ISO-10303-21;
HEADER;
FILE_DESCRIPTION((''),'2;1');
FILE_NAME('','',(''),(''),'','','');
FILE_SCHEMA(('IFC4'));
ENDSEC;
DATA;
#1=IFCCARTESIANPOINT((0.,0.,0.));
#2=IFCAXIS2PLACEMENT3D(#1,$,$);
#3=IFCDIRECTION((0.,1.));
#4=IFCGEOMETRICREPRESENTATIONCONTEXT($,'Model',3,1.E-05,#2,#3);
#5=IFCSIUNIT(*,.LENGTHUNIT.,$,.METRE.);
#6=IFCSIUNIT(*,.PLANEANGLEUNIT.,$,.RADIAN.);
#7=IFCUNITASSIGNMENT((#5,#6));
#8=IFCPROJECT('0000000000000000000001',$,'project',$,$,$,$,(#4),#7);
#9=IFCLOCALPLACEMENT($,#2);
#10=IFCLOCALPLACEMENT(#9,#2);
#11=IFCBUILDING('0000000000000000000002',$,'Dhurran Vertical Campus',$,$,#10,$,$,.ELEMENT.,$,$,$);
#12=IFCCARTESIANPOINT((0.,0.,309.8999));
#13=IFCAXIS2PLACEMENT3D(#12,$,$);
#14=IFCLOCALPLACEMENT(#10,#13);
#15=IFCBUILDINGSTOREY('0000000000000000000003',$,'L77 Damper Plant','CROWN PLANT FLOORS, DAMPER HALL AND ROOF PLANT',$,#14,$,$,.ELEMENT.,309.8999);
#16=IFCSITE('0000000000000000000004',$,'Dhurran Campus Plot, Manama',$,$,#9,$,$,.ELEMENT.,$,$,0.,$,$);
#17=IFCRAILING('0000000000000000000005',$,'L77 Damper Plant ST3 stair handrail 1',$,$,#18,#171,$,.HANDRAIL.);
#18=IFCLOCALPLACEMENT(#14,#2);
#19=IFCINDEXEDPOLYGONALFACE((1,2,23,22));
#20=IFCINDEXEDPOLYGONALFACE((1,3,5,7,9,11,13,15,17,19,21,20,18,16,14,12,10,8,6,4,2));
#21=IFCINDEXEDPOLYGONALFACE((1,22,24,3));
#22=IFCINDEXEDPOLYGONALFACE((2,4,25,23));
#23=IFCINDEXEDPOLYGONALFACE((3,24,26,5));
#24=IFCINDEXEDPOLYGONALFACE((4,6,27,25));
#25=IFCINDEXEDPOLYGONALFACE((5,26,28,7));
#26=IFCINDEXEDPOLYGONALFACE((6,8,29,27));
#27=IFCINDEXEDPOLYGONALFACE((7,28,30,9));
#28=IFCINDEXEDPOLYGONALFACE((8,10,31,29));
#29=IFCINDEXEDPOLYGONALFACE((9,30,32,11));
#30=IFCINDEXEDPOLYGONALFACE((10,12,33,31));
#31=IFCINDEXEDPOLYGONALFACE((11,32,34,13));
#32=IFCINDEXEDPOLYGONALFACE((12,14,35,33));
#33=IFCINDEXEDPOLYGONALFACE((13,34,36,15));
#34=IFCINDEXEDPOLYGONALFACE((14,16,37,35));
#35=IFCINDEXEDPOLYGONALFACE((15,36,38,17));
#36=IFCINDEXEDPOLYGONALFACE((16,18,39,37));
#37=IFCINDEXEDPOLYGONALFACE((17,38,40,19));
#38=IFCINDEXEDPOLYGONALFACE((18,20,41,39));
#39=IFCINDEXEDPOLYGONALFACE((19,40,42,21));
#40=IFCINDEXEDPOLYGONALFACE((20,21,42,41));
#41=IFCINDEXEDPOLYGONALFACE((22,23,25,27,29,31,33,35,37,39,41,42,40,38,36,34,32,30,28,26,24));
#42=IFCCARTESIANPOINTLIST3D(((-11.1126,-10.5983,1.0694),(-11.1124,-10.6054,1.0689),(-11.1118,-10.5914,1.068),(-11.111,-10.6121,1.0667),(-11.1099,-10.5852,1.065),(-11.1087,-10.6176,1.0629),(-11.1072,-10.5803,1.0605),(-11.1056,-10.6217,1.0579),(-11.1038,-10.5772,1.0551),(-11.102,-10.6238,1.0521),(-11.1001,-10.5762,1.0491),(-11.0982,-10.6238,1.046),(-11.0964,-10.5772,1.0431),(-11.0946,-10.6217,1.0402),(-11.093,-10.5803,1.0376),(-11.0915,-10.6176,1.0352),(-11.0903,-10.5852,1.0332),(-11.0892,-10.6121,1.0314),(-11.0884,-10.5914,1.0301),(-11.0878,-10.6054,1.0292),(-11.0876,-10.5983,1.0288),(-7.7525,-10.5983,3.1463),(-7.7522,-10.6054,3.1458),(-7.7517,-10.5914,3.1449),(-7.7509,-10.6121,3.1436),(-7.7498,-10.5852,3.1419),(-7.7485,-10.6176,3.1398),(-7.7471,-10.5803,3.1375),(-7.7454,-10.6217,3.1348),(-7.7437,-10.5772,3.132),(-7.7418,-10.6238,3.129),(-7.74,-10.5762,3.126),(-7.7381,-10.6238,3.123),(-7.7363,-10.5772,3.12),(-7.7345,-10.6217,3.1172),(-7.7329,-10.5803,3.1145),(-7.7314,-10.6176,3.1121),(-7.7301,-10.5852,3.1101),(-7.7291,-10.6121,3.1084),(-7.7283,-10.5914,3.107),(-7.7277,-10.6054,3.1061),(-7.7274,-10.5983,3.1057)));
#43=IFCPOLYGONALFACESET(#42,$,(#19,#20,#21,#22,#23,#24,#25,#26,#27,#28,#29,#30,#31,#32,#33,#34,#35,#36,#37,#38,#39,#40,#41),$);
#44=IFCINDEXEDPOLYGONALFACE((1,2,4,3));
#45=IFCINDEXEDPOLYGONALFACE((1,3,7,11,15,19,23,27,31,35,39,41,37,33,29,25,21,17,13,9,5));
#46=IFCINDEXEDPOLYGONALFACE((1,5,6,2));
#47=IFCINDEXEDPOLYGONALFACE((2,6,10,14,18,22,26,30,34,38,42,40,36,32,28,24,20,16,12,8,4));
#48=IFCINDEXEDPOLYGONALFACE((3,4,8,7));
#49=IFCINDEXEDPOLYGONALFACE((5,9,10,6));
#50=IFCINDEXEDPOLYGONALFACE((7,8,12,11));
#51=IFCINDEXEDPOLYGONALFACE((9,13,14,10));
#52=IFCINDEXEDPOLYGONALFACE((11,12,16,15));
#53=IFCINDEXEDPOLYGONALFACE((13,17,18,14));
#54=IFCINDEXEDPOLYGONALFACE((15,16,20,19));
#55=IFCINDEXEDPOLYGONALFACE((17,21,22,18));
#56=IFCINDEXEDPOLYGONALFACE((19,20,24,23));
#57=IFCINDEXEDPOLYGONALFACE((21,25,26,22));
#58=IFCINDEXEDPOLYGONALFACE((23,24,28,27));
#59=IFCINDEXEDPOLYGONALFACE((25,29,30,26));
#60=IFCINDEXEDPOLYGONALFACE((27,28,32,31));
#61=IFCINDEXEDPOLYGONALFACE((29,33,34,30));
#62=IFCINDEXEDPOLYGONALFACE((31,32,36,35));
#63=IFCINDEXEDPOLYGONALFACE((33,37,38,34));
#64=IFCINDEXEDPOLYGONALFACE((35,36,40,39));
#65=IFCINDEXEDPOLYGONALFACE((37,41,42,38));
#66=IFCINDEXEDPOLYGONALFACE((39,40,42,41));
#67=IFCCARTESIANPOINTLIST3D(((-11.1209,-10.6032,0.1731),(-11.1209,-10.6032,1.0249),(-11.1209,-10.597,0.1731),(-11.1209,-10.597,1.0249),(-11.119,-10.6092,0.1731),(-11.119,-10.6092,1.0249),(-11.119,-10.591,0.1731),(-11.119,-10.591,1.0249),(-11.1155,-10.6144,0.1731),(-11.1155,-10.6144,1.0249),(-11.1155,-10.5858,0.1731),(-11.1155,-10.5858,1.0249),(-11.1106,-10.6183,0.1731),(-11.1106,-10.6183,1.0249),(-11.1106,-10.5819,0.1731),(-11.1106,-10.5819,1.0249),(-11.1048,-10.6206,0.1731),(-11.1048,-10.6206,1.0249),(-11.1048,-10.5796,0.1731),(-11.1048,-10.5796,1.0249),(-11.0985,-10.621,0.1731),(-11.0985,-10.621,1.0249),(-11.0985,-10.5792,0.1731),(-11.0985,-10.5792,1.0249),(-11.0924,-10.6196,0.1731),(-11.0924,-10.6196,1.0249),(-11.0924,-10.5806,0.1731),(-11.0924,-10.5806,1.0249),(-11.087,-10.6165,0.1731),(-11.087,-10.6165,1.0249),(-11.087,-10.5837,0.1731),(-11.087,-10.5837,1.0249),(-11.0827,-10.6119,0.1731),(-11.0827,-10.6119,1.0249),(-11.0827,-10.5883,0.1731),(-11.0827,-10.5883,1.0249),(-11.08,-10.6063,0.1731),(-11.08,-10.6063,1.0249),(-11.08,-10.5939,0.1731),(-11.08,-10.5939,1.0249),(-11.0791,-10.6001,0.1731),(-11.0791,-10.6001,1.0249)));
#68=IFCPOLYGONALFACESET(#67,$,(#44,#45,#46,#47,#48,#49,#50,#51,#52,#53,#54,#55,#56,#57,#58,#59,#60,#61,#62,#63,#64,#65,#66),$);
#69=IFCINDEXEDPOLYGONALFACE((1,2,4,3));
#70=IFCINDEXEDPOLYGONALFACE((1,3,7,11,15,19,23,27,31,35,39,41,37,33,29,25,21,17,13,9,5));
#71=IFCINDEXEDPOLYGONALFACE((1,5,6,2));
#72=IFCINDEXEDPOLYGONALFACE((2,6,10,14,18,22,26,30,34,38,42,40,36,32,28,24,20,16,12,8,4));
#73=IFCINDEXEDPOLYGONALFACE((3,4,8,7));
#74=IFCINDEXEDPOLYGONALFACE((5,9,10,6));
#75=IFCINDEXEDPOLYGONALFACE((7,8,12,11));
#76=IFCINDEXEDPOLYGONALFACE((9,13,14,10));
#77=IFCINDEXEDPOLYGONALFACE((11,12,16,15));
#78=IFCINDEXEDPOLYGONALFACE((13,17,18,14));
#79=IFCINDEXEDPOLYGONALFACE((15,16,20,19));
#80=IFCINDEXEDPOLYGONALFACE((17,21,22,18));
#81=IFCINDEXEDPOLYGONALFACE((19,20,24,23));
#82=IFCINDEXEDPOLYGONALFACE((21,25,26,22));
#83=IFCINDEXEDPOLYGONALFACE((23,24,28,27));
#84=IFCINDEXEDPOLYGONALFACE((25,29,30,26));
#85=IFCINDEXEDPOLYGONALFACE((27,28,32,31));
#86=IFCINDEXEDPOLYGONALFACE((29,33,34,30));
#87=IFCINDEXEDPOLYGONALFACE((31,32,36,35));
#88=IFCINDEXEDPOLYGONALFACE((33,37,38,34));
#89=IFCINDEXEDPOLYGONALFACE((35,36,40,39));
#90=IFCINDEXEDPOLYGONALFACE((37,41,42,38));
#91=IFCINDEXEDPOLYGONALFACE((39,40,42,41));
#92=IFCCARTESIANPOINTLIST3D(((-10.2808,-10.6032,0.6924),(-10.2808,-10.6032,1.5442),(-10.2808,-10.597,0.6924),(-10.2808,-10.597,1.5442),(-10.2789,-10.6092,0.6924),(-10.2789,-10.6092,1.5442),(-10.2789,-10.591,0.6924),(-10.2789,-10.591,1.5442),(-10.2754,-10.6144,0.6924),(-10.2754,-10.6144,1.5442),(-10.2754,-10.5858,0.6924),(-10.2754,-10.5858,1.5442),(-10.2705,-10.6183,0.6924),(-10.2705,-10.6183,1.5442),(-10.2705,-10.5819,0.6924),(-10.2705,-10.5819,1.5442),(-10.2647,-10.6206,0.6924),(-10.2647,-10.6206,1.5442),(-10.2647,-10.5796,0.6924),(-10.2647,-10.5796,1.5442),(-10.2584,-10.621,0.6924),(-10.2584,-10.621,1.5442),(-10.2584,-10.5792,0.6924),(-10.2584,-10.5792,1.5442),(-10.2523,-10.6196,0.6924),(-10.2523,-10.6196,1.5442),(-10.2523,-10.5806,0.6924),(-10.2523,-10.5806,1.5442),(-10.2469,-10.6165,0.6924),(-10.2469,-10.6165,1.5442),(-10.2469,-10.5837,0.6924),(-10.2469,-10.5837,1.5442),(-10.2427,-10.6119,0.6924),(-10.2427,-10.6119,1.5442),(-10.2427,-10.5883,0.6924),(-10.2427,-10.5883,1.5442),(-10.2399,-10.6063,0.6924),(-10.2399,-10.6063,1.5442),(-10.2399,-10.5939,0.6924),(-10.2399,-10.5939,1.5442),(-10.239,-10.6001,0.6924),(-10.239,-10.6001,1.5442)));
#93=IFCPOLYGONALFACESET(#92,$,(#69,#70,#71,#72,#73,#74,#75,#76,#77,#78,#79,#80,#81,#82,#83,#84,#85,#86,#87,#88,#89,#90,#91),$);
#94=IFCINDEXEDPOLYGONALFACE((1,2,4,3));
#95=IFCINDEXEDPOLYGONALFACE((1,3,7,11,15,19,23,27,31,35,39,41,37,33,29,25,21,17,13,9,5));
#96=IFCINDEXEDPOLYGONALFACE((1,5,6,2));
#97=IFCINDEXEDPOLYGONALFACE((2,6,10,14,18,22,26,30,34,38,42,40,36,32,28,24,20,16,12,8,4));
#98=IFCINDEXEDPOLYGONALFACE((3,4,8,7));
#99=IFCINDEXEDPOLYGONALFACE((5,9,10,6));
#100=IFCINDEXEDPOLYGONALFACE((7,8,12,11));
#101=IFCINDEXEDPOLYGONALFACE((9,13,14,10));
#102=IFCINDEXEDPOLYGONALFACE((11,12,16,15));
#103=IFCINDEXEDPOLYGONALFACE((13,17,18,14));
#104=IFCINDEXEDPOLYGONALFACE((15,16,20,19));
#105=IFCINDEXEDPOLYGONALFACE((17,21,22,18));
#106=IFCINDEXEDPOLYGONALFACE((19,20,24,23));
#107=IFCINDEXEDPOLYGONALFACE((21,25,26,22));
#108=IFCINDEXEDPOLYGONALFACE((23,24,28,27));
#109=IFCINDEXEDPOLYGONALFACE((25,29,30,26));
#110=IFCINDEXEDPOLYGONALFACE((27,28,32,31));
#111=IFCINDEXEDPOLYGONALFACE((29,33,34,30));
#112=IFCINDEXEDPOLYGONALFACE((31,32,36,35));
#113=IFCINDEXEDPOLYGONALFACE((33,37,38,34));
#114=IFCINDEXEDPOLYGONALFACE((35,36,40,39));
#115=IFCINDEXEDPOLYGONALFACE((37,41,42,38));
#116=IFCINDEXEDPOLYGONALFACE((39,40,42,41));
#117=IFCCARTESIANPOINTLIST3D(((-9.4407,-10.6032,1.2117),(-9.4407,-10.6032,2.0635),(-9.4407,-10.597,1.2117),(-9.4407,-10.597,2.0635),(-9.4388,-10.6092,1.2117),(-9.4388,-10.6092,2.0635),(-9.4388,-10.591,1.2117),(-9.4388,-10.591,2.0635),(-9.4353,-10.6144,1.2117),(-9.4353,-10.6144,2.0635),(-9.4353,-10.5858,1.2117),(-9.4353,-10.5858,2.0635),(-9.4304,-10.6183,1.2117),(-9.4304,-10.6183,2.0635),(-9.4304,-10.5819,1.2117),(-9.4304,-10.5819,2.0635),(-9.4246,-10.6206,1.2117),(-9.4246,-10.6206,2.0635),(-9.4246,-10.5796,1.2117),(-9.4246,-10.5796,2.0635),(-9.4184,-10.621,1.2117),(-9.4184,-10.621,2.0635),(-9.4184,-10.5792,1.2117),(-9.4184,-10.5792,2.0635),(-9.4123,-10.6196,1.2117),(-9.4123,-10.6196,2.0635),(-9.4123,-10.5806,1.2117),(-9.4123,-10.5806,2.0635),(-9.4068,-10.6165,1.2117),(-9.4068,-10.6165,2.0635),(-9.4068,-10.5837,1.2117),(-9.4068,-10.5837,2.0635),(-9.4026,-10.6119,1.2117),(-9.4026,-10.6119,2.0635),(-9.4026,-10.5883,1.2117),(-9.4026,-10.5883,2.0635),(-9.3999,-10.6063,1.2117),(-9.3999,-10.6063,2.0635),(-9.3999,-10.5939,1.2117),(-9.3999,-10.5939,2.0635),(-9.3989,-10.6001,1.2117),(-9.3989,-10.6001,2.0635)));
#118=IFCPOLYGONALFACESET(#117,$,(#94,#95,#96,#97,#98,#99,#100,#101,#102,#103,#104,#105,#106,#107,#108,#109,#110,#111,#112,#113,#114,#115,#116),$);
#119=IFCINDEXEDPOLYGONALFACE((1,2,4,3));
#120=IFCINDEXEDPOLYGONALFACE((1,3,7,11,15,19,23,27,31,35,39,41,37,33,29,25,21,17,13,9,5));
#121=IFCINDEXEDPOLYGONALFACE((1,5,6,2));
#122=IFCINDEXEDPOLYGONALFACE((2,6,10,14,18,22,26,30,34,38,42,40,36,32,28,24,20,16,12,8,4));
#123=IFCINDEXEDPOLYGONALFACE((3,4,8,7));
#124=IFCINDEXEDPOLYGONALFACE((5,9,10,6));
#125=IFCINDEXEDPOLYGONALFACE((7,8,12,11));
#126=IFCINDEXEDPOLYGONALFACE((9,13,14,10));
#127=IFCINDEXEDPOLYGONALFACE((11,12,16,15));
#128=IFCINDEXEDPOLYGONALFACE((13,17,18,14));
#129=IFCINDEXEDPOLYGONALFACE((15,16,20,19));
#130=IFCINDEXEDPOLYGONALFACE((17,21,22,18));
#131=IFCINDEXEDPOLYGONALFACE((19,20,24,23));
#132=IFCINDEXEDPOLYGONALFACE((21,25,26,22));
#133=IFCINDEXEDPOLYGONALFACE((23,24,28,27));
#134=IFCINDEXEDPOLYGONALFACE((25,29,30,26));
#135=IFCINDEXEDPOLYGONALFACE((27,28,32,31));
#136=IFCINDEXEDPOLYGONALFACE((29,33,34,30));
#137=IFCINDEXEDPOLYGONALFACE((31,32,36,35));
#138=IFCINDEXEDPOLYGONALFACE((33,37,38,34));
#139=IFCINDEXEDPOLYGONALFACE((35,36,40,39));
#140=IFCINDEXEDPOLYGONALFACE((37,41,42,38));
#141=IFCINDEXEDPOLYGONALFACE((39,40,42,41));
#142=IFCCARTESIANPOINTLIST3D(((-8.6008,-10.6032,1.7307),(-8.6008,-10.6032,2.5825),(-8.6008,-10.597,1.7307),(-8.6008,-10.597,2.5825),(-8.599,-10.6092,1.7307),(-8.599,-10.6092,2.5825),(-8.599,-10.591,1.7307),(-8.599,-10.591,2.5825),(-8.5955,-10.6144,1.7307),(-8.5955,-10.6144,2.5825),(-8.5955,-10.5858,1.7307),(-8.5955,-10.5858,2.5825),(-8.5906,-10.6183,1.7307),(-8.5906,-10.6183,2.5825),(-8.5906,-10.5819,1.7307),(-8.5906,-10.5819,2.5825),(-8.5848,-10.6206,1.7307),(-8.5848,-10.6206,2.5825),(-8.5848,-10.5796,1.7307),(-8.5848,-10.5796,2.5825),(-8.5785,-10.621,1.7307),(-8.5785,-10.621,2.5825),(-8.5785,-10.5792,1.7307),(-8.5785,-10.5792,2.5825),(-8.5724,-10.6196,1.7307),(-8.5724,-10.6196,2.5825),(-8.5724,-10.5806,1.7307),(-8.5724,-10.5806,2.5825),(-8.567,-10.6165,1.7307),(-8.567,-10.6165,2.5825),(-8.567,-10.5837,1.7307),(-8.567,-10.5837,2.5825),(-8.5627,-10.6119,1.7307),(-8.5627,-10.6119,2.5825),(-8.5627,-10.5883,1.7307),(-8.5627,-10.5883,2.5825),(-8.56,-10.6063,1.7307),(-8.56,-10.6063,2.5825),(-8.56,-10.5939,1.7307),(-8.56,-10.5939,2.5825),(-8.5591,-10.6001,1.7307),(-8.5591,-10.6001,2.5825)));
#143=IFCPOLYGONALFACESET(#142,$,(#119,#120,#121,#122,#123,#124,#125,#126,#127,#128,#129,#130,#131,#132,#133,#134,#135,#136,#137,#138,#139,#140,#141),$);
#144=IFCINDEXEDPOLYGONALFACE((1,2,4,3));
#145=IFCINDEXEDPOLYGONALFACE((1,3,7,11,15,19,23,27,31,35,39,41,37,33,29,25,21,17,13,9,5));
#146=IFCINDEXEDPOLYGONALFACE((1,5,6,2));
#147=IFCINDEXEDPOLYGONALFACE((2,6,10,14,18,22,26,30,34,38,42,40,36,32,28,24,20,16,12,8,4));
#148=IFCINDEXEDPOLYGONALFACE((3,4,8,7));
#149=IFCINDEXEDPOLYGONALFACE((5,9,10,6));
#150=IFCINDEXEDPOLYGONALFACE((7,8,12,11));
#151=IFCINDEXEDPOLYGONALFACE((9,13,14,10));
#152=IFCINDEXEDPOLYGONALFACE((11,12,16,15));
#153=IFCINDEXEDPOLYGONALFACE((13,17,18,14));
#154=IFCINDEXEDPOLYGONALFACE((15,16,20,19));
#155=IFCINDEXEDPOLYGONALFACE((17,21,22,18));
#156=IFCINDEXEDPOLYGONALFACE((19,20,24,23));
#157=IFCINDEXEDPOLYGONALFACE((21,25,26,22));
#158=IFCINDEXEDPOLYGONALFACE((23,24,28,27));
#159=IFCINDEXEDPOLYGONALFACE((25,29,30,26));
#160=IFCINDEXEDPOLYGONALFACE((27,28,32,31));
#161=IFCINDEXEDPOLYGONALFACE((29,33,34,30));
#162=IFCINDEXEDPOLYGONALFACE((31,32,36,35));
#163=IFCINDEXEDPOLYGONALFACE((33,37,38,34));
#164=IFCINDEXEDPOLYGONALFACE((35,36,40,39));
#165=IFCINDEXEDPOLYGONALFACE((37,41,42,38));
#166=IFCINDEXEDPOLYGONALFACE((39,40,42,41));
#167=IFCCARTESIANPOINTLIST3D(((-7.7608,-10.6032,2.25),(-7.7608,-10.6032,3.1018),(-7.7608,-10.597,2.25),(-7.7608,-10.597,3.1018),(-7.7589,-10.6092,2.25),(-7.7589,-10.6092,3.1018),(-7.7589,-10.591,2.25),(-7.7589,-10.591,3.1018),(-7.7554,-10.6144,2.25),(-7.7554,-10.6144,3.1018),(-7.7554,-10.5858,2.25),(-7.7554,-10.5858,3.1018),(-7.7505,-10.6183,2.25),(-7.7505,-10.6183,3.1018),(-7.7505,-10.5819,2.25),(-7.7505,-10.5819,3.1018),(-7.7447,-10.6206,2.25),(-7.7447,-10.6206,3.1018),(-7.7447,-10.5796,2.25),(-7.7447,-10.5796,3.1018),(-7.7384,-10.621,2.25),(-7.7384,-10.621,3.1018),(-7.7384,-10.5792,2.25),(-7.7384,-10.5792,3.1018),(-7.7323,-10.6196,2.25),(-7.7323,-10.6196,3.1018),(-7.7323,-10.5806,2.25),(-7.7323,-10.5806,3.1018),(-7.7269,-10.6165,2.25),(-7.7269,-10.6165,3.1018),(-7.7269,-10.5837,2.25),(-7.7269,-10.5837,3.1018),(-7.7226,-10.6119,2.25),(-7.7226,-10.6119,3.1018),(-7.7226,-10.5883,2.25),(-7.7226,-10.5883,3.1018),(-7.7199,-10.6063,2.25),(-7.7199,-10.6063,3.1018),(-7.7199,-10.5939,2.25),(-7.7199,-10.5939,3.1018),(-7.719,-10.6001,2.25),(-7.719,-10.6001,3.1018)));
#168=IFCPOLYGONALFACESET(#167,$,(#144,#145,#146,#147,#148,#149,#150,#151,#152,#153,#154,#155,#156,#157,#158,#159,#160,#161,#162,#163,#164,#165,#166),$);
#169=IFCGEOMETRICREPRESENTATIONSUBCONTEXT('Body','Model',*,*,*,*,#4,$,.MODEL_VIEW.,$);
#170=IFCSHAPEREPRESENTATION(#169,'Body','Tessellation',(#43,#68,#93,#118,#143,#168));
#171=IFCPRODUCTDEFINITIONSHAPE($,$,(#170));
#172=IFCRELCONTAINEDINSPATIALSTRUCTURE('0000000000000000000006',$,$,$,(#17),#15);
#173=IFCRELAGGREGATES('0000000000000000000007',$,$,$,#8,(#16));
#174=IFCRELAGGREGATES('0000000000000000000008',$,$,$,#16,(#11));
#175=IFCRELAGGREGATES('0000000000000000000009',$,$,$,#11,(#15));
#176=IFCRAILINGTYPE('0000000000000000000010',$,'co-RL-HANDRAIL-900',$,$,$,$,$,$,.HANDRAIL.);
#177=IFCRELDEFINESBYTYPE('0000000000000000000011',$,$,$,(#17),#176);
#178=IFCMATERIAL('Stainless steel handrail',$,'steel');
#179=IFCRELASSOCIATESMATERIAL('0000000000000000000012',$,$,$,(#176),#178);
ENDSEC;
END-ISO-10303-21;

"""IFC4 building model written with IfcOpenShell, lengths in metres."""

from ifc_helpers import new_model, si_unit, direction, frame, origin, origin_2d, place, context, subcontext, project, spatial, circle, extrude, material, type_object, element, save


model = new_model("IFC4")

# Units and contexts
model_context = context("Model", 3, precision=1e-05, world=origin(), true_north=direction((0.0, 1.0)))
body_context = subcontext(model_context, "Body", "Model", "MODEL_VIEW")
ifc_project = project(units=[si_unit("LENGTHUNIT", "METRE"), si_unit("PLANEANGLEUNIT", "RADIAN")], contexts=[model_context])

# Site, building, storey
site_placement = place(None, origin())
site = spatial("IfcSite", under=ifc_project, at=site_placement, Name="Dhurran Campus Plot, Manama", CompositionType="ELEMENT", RefElevation=0.0)
building_placement = place(site_placement, origin())
building = spatial("IfcBuilding", under=site, at=building_placement, Name="Dhurran Vertical Campus", CompositionType="ELEMENT")
storey_placement = place(building_placement, frame((0.0, 0.0, 309.8999)))
storey = spatial("IfcBuildingStorey", under=building, at=storey_placement, Name="L77 Damper Plant", Description="CROWN PLANT FLOORS, DAMPER HALL AND ROOF PLANT", CompositionType="ELEMENT", Elevation=309.8999)

# Railing
ifc_material_1 = material(Name="Stainless steel handrail", Category="steel")
railing_type = type_object("IfcRailingType", Name="co-RL-HANDRAIL-900", PredefinedType="HANDRAIL", material=ifc_material_1)
for number, where, name in (
    (1, (-11.1001, -10.6001, 0.1731), "L77 Damper Plant ST3 stair handrail 1"),
):
    element("IfcRailing", number, at=place(storey_placement, frame(where)), inside=storey, type_object=railing_type, Name=name, PredefinedType="HANDRAIL", context=body_context, shape_type="SweptSolid", body=[
        extrude(circle(Radius=0.0239, at=origin_2d()), frame((0.0, 0.0, 0.876), z_axis=(0.850623, 0.0, 0.525776), x_axis=(0.0, 1.0, 0.0)), (0.0, 0.0, 1.0), 3.9502),
        extrude(circle(Radius=0.021, at=origin_2d()), origin(), (0.0, 0.0, 1.0), 0.8518),
        extrude(circle(Radius=0.021, at=origin_2d()), frame((0.8401, 0.0, 0.5193)), (0.0, 0.0, 1.0), 0.8518),
        extrude(circle(Radius=0.021, at=origin_2d()), frame((1.6802, 0.0, 1.0386)), (0.0, 0.0, 1.0), 0.8518),
        extrude(circle(Radius=0.021, at=origin_2d()), frame((2.52, 0.0, 1.5576)), (0.0, 0.0, 1.0), 0.8518),
        extrude(circle(Radius=0.021, at=origin_2d()), frame((3.3601, 0.0, 2.0769)), (0.0, 0.0, 1.0), 0.8518),
    ])

save(model, "model.ifc")
